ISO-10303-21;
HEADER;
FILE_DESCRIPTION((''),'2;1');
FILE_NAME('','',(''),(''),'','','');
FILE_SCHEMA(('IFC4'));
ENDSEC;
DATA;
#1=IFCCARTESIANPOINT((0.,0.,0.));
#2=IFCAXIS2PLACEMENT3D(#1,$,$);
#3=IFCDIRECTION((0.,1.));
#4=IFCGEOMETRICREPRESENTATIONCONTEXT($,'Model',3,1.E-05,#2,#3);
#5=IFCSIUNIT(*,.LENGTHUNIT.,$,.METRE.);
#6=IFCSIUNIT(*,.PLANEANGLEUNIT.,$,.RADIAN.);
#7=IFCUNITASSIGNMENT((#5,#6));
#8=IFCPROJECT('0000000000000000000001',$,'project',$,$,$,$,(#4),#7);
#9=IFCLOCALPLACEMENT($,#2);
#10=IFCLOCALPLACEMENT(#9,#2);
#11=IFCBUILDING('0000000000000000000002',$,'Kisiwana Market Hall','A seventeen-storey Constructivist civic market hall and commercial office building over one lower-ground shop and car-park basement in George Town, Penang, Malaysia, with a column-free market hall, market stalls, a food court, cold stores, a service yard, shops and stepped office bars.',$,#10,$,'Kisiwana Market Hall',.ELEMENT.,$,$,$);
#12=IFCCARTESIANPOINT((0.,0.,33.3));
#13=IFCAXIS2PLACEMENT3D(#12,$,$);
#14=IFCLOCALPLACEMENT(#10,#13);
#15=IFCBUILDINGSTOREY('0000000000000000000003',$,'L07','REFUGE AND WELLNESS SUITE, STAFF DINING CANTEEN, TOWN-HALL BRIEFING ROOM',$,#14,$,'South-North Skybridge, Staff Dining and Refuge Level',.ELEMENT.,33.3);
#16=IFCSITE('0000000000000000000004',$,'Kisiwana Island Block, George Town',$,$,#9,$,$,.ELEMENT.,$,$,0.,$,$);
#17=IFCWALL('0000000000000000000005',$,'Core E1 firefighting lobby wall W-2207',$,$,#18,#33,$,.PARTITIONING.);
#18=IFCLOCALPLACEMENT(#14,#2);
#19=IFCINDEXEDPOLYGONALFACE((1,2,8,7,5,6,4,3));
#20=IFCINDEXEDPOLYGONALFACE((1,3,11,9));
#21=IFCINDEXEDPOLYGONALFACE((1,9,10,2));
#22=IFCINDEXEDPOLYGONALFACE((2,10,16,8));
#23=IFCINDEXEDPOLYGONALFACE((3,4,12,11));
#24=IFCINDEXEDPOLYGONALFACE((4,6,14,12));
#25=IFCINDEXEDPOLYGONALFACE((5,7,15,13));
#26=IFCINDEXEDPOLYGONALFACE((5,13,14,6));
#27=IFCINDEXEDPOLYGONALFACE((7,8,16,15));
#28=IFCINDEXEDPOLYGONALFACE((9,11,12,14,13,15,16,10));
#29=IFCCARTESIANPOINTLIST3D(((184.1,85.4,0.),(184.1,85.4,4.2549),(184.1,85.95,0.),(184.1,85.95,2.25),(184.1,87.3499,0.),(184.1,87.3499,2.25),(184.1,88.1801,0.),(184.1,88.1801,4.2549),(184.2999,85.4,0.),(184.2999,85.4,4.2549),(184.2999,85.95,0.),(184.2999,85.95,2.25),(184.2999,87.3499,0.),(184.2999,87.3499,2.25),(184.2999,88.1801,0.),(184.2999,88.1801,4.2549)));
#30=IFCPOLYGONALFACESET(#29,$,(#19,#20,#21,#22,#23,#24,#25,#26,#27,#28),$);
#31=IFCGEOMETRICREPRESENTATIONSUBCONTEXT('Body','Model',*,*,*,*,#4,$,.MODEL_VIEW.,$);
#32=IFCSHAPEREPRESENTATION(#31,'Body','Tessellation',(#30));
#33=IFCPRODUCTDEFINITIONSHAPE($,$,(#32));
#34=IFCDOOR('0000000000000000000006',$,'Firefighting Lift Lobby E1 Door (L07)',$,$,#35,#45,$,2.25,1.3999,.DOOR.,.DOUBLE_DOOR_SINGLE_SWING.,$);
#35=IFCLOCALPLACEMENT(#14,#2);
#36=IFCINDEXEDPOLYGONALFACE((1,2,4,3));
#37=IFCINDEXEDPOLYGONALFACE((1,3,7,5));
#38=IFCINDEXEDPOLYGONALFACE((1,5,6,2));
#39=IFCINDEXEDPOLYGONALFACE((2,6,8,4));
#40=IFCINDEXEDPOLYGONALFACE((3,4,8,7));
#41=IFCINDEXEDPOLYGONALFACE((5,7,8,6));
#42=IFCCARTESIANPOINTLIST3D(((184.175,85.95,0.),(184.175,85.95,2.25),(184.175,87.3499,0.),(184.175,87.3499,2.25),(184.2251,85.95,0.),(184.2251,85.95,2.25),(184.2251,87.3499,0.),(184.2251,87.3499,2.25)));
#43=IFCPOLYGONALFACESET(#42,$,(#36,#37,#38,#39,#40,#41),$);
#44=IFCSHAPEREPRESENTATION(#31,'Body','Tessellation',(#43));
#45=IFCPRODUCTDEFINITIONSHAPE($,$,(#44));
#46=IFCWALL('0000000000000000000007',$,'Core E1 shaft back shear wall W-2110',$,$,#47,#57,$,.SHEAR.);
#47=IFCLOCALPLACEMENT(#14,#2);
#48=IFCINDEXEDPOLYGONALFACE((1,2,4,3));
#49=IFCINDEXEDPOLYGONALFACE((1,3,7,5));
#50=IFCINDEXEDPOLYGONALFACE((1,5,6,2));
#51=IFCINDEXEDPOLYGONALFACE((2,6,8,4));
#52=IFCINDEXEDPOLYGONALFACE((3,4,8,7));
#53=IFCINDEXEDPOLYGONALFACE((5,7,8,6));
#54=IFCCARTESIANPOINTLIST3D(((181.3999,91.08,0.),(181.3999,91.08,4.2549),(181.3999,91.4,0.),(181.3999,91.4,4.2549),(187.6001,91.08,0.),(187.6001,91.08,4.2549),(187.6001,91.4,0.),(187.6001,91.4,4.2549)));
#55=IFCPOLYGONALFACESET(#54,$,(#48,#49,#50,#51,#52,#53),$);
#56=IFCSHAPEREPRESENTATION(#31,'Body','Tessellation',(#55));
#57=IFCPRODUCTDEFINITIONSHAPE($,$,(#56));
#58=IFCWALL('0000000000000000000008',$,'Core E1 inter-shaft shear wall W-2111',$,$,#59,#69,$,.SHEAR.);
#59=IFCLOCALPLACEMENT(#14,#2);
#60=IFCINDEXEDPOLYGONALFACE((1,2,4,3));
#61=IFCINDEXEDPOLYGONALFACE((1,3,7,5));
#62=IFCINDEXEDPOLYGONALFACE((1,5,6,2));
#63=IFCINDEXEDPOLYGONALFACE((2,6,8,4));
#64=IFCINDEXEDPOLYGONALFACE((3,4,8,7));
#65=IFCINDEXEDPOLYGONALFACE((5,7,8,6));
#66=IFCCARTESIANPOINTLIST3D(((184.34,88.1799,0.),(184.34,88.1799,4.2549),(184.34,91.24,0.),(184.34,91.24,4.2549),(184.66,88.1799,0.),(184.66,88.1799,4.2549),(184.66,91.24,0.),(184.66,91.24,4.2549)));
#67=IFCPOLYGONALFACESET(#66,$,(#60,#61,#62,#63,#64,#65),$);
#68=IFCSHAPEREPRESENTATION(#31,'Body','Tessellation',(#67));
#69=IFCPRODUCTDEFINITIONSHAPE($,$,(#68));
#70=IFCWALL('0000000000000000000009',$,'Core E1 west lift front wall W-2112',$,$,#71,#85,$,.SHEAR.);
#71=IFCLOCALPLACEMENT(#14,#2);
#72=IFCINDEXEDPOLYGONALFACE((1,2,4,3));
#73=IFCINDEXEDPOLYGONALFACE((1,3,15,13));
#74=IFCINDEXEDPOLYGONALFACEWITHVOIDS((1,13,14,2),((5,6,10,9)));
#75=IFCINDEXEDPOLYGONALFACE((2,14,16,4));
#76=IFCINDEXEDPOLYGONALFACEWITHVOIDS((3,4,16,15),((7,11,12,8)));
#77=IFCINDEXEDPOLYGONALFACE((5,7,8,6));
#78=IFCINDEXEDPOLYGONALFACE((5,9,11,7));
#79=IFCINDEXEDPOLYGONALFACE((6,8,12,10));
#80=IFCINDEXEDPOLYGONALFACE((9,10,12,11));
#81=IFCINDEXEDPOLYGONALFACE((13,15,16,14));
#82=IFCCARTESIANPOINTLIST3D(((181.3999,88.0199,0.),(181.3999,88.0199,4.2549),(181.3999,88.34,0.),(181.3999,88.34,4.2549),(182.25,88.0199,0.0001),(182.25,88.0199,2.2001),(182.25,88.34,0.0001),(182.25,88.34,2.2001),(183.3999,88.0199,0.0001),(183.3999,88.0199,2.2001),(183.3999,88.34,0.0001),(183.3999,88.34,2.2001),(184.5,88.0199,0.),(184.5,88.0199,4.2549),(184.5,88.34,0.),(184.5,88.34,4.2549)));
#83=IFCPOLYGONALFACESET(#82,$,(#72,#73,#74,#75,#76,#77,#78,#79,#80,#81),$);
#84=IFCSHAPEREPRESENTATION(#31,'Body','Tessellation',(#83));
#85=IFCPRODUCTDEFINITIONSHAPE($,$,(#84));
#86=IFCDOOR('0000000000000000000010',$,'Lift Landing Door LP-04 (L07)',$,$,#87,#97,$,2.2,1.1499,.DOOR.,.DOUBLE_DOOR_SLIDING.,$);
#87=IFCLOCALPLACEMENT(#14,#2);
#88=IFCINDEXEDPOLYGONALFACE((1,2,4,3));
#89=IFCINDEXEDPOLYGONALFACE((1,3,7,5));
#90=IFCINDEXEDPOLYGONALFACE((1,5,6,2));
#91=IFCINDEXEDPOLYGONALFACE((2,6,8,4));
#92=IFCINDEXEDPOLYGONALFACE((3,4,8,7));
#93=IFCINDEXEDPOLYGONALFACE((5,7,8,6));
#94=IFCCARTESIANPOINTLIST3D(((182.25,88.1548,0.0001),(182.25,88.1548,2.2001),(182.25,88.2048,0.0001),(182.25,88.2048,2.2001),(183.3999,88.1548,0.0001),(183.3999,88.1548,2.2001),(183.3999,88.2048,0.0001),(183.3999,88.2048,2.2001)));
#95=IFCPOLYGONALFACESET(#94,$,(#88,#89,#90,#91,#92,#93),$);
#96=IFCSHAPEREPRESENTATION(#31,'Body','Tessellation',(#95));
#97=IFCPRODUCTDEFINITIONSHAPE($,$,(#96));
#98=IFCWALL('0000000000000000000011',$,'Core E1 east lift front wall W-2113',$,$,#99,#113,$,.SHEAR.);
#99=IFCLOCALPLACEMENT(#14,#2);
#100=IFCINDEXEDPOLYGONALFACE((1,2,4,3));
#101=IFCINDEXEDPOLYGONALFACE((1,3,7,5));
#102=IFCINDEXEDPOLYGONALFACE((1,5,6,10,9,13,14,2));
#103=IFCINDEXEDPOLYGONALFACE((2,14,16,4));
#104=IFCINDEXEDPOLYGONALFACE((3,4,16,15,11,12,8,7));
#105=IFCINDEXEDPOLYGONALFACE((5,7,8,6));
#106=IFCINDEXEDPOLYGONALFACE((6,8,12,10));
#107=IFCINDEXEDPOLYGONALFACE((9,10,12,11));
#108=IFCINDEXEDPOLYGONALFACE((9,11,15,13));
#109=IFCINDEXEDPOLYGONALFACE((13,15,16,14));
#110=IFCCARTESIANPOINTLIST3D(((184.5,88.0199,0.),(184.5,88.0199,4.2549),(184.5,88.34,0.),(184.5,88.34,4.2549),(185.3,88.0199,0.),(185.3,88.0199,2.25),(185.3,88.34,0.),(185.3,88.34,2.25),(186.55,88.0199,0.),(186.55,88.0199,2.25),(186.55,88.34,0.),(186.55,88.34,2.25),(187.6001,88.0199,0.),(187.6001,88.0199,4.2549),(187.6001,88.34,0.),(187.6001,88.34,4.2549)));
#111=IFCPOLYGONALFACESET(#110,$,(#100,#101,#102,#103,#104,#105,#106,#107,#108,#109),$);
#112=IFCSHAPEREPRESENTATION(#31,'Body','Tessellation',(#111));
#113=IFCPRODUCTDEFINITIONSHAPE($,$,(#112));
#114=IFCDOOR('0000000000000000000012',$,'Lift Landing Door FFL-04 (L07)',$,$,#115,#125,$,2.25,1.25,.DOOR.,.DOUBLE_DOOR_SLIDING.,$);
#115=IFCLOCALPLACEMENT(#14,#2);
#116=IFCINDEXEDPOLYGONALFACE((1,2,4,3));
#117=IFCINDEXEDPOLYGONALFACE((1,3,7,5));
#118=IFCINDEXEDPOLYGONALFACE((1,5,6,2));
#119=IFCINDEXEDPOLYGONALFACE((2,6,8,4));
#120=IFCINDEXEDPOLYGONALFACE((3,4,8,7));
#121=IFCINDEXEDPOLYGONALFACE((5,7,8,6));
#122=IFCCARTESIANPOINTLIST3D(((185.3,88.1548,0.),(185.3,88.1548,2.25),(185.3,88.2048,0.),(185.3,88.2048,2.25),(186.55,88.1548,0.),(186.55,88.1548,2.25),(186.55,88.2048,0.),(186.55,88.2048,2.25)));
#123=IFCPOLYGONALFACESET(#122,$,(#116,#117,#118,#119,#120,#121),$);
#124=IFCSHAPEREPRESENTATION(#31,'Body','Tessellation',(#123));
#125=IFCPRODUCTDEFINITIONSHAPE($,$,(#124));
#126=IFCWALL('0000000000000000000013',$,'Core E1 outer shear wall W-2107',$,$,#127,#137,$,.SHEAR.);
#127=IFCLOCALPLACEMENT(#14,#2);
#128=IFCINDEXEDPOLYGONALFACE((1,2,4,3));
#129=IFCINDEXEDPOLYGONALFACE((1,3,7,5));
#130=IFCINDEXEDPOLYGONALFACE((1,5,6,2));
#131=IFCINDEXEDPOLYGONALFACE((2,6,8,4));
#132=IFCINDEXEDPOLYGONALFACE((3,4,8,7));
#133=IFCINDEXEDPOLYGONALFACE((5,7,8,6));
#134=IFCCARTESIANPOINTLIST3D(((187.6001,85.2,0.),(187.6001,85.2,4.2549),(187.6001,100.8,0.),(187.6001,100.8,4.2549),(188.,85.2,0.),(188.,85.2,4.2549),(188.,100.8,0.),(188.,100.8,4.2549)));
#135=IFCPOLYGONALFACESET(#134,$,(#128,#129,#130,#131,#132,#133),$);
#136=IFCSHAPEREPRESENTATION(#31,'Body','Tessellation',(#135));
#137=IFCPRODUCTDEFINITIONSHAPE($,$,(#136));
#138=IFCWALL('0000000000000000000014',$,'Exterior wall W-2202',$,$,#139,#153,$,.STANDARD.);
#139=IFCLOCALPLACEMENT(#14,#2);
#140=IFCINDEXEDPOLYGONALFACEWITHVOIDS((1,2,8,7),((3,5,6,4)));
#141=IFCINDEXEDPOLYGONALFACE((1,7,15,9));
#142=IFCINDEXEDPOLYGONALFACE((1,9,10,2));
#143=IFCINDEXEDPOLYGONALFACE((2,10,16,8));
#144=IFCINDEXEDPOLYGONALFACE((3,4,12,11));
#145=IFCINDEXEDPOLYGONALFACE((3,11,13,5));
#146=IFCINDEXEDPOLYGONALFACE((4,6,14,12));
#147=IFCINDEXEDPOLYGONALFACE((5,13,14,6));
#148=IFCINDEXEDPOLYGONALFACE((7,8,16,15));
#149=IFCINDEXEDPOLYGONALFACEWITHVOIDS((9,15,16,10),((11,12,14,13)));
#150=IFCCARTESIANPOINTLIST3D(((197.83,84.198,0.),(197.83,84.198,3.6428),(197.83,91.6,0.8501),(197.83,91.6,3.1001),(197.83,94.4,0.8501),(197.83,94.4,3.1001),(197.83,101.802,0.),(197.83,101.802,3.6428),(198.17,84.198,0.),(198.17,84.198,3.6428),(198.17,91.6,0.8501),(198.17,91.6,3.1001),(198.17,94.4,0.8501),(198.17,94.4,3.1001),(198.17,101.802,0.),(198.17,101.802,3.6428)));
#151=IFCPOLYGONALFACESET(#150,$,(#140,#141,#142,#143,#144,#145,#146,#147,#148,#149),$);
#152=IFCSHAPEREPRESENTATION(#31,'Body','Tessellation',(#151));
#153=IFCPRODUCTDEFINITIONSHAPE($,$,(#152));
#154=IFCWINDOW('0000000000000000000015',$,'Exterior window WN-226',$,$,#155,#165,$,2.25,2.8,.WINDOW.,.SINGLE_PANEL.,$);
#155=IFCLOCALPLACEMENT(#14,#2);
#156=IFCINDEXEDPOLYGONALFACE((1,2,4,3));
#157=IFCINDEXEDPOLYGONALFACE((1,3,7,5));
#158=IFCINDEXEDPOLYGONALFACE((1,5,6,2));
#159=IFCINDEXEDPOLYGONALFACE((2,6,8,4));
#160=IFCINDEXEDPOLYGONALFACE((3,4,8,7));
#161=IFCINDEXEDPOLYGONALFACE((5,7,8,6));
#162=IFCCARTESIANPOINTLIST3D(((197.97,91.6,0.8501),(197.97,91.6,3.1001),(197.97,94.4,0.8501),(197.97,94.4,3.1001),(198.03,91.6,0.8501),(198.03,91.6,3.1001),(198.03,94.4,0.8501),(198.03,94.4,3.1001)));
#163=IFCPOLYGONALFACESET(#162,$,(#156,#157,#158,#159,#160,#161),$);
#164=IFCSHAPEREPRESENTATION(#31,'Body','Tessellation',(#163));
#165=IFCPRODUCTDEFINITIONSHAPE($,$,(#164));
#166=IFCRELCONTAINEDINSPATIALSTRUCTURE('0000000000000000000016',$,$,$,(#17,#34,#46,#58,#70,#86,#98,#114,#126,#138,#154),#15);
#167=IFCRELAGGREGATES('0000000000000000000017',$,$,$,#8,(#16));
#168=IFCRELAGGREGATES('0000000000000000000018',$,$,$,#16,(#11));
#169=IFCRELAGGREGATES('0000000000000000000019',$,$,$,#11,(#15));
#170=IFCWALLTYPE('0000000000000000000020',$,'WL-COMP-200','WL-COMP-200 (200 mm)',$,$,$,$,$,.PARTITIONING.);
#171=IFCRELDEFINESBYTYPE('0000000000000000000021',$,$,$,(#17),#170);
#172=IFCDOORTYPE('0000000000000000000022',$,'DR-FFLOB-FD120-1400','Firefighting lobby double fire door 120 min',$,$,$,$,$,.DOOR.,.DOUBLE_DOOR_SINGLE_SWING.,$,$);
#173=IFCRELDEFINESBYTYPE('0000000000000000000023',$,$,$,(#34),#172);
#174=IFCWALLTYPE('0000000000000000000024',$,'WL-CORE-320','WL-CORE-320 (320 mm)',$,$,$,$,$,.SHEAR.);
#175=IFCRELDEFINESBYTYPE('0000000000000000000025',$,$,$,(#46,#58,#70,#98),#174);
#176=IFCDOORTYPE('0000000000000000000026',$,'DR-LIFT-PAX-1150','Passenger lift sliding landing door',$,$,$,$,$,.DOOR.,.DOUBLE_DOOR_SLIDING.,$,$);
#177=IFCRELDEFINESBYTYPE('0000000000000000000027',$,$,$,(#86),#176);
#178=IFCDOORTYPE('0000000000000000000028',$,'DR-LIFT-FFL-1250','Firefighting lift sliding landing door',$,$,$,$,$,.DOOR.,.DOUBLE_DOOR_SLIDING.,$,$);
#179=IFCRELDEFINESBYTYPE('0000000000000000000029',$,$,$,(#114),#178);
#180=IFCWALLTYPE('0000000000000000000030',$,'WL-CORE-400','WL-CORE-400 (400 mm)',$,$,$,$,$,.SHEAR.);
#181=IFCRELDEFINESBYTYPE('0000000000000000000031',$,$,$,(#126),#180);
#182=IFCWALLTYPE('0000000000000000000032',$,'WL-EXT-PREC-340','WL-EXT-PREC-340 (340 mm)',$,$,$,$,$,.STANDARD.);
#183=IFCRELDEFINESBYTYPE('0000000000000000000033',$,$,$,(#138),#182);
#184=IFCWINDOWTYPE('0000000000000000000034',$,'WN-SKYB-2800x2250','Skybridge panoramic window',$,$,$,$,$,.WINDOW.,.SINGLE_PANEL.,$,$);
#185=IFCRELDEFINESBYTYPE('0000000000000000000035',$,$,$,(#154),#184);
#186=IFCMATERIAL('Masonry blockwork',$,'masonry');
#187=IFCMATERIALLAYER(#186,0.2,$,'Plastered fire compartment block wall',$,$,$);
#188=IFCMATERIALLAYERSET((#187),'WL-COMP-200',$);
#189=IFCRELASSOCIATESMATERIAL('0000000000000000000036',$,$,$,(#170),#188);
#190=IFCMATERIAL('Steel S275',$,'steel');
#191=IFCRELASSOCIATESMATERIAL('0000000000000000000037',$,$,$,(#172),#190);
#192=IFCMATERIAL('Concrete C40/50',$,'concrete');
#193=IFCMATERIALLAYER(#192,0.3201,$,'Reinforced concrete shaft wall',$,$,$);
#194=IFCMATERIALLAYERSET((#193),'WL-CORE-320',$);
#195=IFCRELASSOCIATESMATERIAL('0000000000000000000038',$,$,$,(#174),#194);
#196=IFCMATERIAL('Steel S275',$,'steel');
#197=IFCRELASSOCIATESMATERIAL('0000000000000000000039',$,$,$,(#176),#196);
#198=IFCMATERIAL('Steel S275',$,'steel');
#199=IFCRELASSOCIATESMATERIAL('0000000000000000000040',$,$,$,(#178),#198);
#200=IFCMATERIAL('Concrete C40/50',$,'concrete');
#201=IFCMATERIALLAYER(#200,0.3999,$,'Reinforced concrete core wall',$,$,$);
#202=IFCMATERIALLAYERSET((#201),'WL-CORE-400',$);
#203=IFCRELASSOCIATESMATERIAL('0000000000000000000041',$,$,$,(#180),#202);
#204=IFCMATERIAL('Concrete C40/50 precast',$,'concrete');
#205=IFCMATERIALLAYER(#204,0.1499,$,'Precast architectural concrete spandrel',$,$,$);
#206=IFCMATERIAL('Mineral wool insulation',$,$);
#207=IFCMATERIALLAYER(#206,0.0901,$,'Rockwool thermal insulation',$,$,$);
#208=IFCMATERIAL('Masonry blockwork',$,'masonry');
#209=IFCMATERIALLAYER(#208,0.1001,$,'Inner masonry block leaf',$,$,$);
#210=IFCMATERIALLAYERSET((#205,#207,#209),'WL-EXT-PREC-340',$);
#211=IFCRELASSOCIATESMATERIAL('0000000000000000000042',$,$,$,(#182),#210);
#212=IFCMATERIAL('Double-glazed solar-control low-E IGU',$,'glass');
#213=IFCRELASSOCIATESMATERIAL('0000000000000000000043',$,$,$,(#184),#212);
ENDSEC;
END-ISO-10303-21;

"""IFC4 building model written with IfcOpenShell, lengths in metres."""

from ifc_helpers import new_model, si_unit, direction, frame, frame_2d, origin, place, context, subcontext, project, spatial, rectangle, extrude, material, layer, layer_set, type_object, element, fill, save


model = new_model("IFC4")

# Units and contexts
model_context = context("Model", 3, precision=1e-05, world=origin(), true_north=direction((0.0, 1.0)))
body_context = subcontext(model_context, "Body", "Model", "MODEL_VIEW")
ifc_project = project(units=[si_unit("LENGTHUNIT", "METRE"), si_unit("PLANEANGLEUNIT", "RADIAN")], contexts=[model_context])

# Site, building, storey
site_placement = place(None, origin())
site = spatial("IfcSite", under=ifc_project, at=site_placement, Name="Kisiwana Island Block, George Town", CompositionType="ELEMENT", RefElevation=0.0)
building_placement = place(site_placement, origin())
building = spatial("IfcBuilding", under=site, at=building_placement, Name="Kisiwana Market Hall", Description="A seventeen-storey Constructivist civic market hall and commercial office building over one lower-ground shop and car-park basement in George Town, Penang, Malaysia, with a column-free market hall, market stalls, a food court, cold stores, a service yard, shops and stepped office bars.", LongName="Kisiwana Market Hall", CompositionType="ELEMENT")
storey_placement = place(building_placement, frame((0.0, 0.0, 33.3)))
storey = spatial("IfcBuildingStorey", under=building, at=storey_placement, Name="L07", Description="REFUGE AND WELLNESS SUITE, STAFF DINING CANTEEN, TOWN-HALL BRIEFING ROOM", LongName="South-North Skybridge, Staff Dining and Refuge Level", CompositionType="ELEMENT", Elevation=33.3)

# Wall, opening, door
ifc_material_1 = material(Name="Masonry blockwork", Category="masonry")
ifc_layer_1 = layer(ifc_material_1, 0.2, Name="Plastered fire compartment block wall")
ifc_layer_set_1 = layer_set([ifc_layer_1], Name="WL-COMP-200")
wall_type_1 = type_object("IfcWallType", Name="WL-COMP-200", Description="WL-COMP-200 (200 mm)", PredefinedType="PARTITIONING", material=ifc_layer_set_1)
wall_1_placement = place(storey_placement, frame((184.2, 85.3999, 0.0), z_axis=(0.0, 0.0, 1.0), x_axis=(0.0, 1.0, 0.0)))
wall_1 = element("IfcWall", 1, at=wall_1_placement, inside=storey, type_object=wall_type_1, Name="Core E1 firefighting lobby wall W-2207", PredefinedType="PARTITIONING", context=body_context, shape_type="SweptSolid", body=[
    extrude(rectangle(XDim=2.78, YDim=0.2, at=frame_2d((1.3901, 0.0))), origin(), (0.0, 0.0, 1.0), 4.2549),
])
opening_1_placement = place(wall_1_placement, frame((0.55, 0.0, 0.0)))
opening_1 = element("IfcOpeningElement", 2, at=opening_1_placement, cuts=wall_1, PredefinedType="OPENING", context=body_context, shape_type="SweptSolid", body=[
    extrude(rectangle(XDim=1.3999, YDim=2.25, at=frame_2d((0.7, 1.125))), frame((0.0, 0.1118, 0.0), z_axis=(0.0, -1.0, 0.0), x_axis=(1.0, 0.0, 0.0)), (0.0, 0.0, 1.0), 0.2239),
])
ifc_material_2 = material(Name="Steel S275", Category="steel")
door_type_1 = type_object("IfcDoorType", Name="DR-FFLOB-FD120-1400", Description="Firefighting lobby double fire door 120 min", OperationType="DOUBLE_DOOR_SINGLE_SWING", PredefinedType="DOOR", material=ifc_material_2)
door_1_placement = place(opening_1_placement, origin())
door_1 = element("IfcDoor", 3, at=door_1_placement, inside=storey, type_object=door_type_1, Name="Firefighting Lift Lobby E1 Door (L07)", OperationType="DOUBLE_DOOR_SINGLE_SWING", OverallHeight=2.25, OverallWidth=1.3999, PredefinedType="DOOR", context=body_context, shape_type="SweptSolid", body=[
    extrude(rectangle(XDim=1.3999, YDim=2.25, at=frame_2d((0.7, 1.125))), frame((0.0, 0.0249, 0.0), z_axis=(0.0, -1.0, 0.0), x_axis=(1.0, 0.0, 0.0)), (0.0, 0.0, 1.0), 0.05),
])
fill(opening_1, door_1)

# Walls
ifc_material_3 = material(Name="Concrete C40/50", Category="concrete")
ifc_layer_2 = layer(ifc_material_3, 0.3201, Name="Reinforced concrete shaft wall")
ifc_layer_set_2 = layer_set([ifc_layer_2], Name="WL-CORE-320")
wall_type_2 = type_object("IfcWallType", Name="WL-CORE-320", Description="WL-CORE-320 (320 mm)", PredefinedType="SHEAR", material=ifc_layer_set_2)
wall_2_placement = place(storey_placement, frame((181.3999, 91.24, 0.0), z_axis=(0.0, 0.0, 1.0), x_axis=(1.0, 0.0, 0.0)))
element("IfcWall", 4, at=wall_2_placement, inside=storey, type_object=wall_type_2, Name="Core E1 shaft back shear wall W-2110", PredefinedType="SHEAR", context=body_context, shape_type="SweptSolid", body=[
    extrude(rectangle(XDim=6.2002, YDim=0.3201, at=frame_2d((3.1001, 0.0))), origin(), (0.0, 0.0, 1.0), 4.2549),
])
wall_3_placement = place(storey_placement, frame((184.5, 88.1799, 0.0), z_axis=(0.0, 0.0, 1.0), x_axis=(0.0, 1.0, 0.0)))
element("IfcWall", 5, at=wall_3_placement, inside=storey, type_object=wall_type_2, Name="Core E1 inter-shaft shear wall W-2111", PredefinedType="SHEAR", context=body_context, shape_type="SweptSolid", body=[
    extrude(rectangle(XDim=3.0601, YDim=0.3201, at=frame_2d((1.53, 0.0))), origin(), (0.0, 0.0, 1.0), 4.2549),
])

# Walls, openings, doors
wall_4_placement = place(storey_placement, frame((181.3999, 88.1799, 0.0), z_axis=(0.0, 0.0, 1.0), x_axis=(1.0, 0.0, 0.0)))
wall_4 = element("IfcWall", 6, at=wall_4_placement, inside=storey, type_object=wall_type_2, Name="Core E1 west lift front wall W-2112", PredefinedType="SHEAR", context=body_context, shape_type="SweptSolid", body=[
    extrude(rectangle(XDim=3.1001, YDim=0.3201, at=frame_2d((1.55, 0.0))), origin(), (0.0, 0.0, 1.0), 4.2549),
])
opening_2_placement = place(wall_4_placement, frame((0.8501, 0.0, 0.0)))
opening_2 = element("IfcOpeningElement", 7, at=opening_2_placement, cuts=wall_4, PredefinedType="OPENING", context=body_context, shape_type="SweptSolid", body=[
    extrude(rectangle(XDim=1.1499, YDim=2.2, at=frame_2d((0.575, 1.1001))), frame((0.0, 0.1719, 0.0), z_axis=(0.0, -1.0, 0.0), x_axis=(1.0, 0.0, 0.0)), (0.0, 0.0, 1.0), 0.344),
])
ifc_material_4 = material(Name="Steel S275", Category="steel")
door_type_2 = type_object("IfcDoorType", Name="DR-LIFT-PAX-1150", Description="Passenger lift sliding landing door", OperationType="DOUBLE_DOOR_SLIDING", PredefinedType="DOOR", material=ifc_material_4)
door_2_placement = place(opening_2_placement, origin())
door_2 = element("IfcDoor", 8, at=door_2_placement, inside=storey, type_object=door_type_2, Name="Lift Landing Door LP-04 (L07)", OperationType="DOUBLE_DOOR_SLIDING", OverallHeight=2.2, OverallWidth=1.1499, PredefinedType="DOOR", context=body_context, shape_type="SweptSolid", body=[
    extrude(rectangle(XDim=1.1499, YDim=2.2, at=frame_2d((0.575, 1.1001))), frame((0.0, 0.0249, 0.0), z_axis=(0.0, -1.0, 0.0), x_axis=(1.0, 0.0, 0.0)), (0.0, 0.0, 1.0), 0.05),
])
fill(opening_2, door_2)
wall_5_placement = place(storey_placement, frame((184.5, 88.1799, 0.0), z_axis=(0.0, 0.0, 1.0), x_axis=(1.0, 0.0, 0.0)))
wall_5 = element("IfcWall", 9, at=wall_5_placement, inside=storey, type_object=wall_type_2, Name="Core E1 east lift front wall W-2113", PredefinedType="SHEAR", context=body_context, shape_type="SweptSolid", body=[
    extrude(rectangle(XDim=3.1001, YDim=0.3201, at=frame_2d((1.55, 0.0))), origin(), (0.0, 0.0, 1.0), 4.2549),
])
opening_3_placement = place(wall_5_placement, frame((0.8, 0.0, 0.0)))
opening_3 = element("IfcOpeningElement", 10, at=opening_3_placement, cuts=wall_5, PredefinedType="OPENING", context=body_context, shape_type="SweptSolid", body=[
    extrude(rectangle(XDim=1.25, YDim=2.25, at=frame_2d((0.625, 1.125))), frame((0.0, 0.1719, 0.0), z_axis=(0.0, -1.0, 0.0), x_axis=(1.0, 0.0, 0.0)), (0.0, 0.0, 1.0), 0.344),
])
ifc_material_5 = material(Name="Steel S275", Category="steel")
door_type_3 = type_object("IfcDoorType", Name="DR-LIFT-FFL-1250", Description="Firefighting lift sliding landing door", OperationType="DOUBLE_DOOR_SLIDING", PredefinedType="DOOR", material=ifc_material_5)
door_3_placement = place(opening_3_placement, origin())
door_3 = element("IfcDoor", 11, at=door_3_placement, inside=storey, type_object=door_type_3, Name="Lift Landing Door FFL-04 (L07)", OperationType="DOUBLE_DOOR_SLIDING", OverallHeight=2.25, OverallWidth=1.25, PredefinedType="DOOR", context=body_context, shape_type="SweptSolid", body=[
    extrude(rectangle(XDim=1.25, YDim=2.25, at=frame_2d((0.625, 1.125))), frame((0.0, 0.0249, 0.0), z_axis=(0.0, -1.0, 0.0), x_axis=(1.0, 0.0, 0.0)), (0.0, 0.0, 1.0), 0.05),
])
fill(opening_3, door_3)

# Wall
ifc_material_6 = material(Name="Concrete C40/50", Category="concrete")
ifc_layer_3 = layer(ifc_material_6, 0.3999, Name="Reinforced concrete core wall")
ifc_layer_set_3 = layer_set([ifc_layer_3], Name="WL-CORE-400")
wall_type_3 = type_object("IfcWallType", Name="WL-CORE-400", Description="WL-CORE-400 (400 mm)", PredefinedType="SHEAR", material=ifc_layer_set_3)
wall_6_placement = place(storey_placement, frame((187.8, 85.2, 0.0), z_axis=(0.0, 0.0, 1.0), x_axis=(0.0, 1.0, 0.0)))
element("IfcWall", 12, at=wall_6_placement, inside=storey, type_object=wall_type_3, Name="Core E1 outer shear wall W-2107", PredefinedType="SHEAR", context=body_context, shape_type="SweptSolid", body=[
    extrude(rectangle(XDim=15.6001, YDim=0.3999, at=frame_2d((7.8, 0.0))), origin(), (0.0, 0.0, 1.0), 4.2549),
])

# Wall, opening, window
ifc_material_7 = material(Name="Concrete C40/50 precast", Category="concrete")
ifc_layer_4 = layer(ifc_material_7, 0.1499, Name="Precast architectural concrete spandrel")
ifc_material_8 = material(Name="Mineral wool insulation")
ifc_layer_5 = layer(ifc_material_8, 0.0901, Name="Rockwool thermal insulation")
ifc_material_9 = material(Name="Masonry blockwork", Category="masonry")
ifc_layer_6 = layer(ifc_material_9, 0.1001, Name="Inner masonry block leaf")
ifc_layer_set_4 = layer_set([ifc_layer_4, ifc_layer_5, ifc_layer_6], Name="WL-EXT-PREC-340")
wall_type_4 = type_object("IfcWallType", Name="WL-EXT-PREC-340", Description="WL-EXT-PREC-340 (340 mm)", PredefinedType="STANDARD", material=ifc_layer_set_4)
wall_7_placement = place(storey_placement, frame((198.0, 84.198, 0.0), z_axis=(0.0, 0.0, 1.0), x_axis=(0.0, 1.0, 0.0)))
wall_7 = element("IfcWall", 13, at=wall_7_placement, inside=storey, type_object=wall_type_4, Name="Exterior wall W-2202", PredefinedType="STANDARD", context=body_context, shape_type="SweptSolid", body=[
    extrude(rectangle(XDim=17.604, YDim=0.3401, at=frame_2d((8.802, 0.0))), origin(), (0.0, 0.0, 1.0), 3.6428),
])
opening_4_placement = place(wall_7_placement, frame((7.4021, 0.0, 0.8501)))
opening_4 = element("IfcOpeningElement", 14, at=opening_4_placement, cuts=wall_7, PredefinedType="OPENING", context=body_context, shape_type="SweptSolid", body=[
    extrude(rectangle(XDim=2.8, YDim=2.25, at=frame_2d((1.3999, 1.125))), frame((0.0, 0.1821, 0.0), z_axis=(0.0, -1.0, 0.0), x_axis=(1.0, 0.0, 0.0)), (0.0, 0.0, 1.0), 0.364),
])
ifc_material_10 = material(Name="Double-glazed solar-control low-E IGU", Category="glass")
window_type = type_object("IfcWindowType", Name="WN-SKYB-2800x2250", Description="Skybridge panoramic window", PartitioningType="SINGLE_PANEL", PredefinedType="WINDOW", material=ifc_material_10)
window_placement = place(opening_4_placement, origin())
window = element("IfcWindow", 15, at=window_placement, inside=storey, type_object=window_type, Name="Exterior window WN-226", OverallHeight=2.25, OverallWidth=2.8, PartitioningType="SINGLE_PANEL", PredefinedType="WINDOW", context=body_context, shape_type="SweptSolid", body=[
    extrude(rectangle(XDim=2.8, YDim=2.25, at=frame_2d((1.3999, 1.125))), frame((0.0, 0.03, 0.0), z_axis=(0.0, -1.0, 0.0), x_axis=(1.0, 0.0, 0.0)), (0.0, 0.0, 1.0), 0.0601),
])
fill(opening_4, window)

save(model, "model.ifc")
